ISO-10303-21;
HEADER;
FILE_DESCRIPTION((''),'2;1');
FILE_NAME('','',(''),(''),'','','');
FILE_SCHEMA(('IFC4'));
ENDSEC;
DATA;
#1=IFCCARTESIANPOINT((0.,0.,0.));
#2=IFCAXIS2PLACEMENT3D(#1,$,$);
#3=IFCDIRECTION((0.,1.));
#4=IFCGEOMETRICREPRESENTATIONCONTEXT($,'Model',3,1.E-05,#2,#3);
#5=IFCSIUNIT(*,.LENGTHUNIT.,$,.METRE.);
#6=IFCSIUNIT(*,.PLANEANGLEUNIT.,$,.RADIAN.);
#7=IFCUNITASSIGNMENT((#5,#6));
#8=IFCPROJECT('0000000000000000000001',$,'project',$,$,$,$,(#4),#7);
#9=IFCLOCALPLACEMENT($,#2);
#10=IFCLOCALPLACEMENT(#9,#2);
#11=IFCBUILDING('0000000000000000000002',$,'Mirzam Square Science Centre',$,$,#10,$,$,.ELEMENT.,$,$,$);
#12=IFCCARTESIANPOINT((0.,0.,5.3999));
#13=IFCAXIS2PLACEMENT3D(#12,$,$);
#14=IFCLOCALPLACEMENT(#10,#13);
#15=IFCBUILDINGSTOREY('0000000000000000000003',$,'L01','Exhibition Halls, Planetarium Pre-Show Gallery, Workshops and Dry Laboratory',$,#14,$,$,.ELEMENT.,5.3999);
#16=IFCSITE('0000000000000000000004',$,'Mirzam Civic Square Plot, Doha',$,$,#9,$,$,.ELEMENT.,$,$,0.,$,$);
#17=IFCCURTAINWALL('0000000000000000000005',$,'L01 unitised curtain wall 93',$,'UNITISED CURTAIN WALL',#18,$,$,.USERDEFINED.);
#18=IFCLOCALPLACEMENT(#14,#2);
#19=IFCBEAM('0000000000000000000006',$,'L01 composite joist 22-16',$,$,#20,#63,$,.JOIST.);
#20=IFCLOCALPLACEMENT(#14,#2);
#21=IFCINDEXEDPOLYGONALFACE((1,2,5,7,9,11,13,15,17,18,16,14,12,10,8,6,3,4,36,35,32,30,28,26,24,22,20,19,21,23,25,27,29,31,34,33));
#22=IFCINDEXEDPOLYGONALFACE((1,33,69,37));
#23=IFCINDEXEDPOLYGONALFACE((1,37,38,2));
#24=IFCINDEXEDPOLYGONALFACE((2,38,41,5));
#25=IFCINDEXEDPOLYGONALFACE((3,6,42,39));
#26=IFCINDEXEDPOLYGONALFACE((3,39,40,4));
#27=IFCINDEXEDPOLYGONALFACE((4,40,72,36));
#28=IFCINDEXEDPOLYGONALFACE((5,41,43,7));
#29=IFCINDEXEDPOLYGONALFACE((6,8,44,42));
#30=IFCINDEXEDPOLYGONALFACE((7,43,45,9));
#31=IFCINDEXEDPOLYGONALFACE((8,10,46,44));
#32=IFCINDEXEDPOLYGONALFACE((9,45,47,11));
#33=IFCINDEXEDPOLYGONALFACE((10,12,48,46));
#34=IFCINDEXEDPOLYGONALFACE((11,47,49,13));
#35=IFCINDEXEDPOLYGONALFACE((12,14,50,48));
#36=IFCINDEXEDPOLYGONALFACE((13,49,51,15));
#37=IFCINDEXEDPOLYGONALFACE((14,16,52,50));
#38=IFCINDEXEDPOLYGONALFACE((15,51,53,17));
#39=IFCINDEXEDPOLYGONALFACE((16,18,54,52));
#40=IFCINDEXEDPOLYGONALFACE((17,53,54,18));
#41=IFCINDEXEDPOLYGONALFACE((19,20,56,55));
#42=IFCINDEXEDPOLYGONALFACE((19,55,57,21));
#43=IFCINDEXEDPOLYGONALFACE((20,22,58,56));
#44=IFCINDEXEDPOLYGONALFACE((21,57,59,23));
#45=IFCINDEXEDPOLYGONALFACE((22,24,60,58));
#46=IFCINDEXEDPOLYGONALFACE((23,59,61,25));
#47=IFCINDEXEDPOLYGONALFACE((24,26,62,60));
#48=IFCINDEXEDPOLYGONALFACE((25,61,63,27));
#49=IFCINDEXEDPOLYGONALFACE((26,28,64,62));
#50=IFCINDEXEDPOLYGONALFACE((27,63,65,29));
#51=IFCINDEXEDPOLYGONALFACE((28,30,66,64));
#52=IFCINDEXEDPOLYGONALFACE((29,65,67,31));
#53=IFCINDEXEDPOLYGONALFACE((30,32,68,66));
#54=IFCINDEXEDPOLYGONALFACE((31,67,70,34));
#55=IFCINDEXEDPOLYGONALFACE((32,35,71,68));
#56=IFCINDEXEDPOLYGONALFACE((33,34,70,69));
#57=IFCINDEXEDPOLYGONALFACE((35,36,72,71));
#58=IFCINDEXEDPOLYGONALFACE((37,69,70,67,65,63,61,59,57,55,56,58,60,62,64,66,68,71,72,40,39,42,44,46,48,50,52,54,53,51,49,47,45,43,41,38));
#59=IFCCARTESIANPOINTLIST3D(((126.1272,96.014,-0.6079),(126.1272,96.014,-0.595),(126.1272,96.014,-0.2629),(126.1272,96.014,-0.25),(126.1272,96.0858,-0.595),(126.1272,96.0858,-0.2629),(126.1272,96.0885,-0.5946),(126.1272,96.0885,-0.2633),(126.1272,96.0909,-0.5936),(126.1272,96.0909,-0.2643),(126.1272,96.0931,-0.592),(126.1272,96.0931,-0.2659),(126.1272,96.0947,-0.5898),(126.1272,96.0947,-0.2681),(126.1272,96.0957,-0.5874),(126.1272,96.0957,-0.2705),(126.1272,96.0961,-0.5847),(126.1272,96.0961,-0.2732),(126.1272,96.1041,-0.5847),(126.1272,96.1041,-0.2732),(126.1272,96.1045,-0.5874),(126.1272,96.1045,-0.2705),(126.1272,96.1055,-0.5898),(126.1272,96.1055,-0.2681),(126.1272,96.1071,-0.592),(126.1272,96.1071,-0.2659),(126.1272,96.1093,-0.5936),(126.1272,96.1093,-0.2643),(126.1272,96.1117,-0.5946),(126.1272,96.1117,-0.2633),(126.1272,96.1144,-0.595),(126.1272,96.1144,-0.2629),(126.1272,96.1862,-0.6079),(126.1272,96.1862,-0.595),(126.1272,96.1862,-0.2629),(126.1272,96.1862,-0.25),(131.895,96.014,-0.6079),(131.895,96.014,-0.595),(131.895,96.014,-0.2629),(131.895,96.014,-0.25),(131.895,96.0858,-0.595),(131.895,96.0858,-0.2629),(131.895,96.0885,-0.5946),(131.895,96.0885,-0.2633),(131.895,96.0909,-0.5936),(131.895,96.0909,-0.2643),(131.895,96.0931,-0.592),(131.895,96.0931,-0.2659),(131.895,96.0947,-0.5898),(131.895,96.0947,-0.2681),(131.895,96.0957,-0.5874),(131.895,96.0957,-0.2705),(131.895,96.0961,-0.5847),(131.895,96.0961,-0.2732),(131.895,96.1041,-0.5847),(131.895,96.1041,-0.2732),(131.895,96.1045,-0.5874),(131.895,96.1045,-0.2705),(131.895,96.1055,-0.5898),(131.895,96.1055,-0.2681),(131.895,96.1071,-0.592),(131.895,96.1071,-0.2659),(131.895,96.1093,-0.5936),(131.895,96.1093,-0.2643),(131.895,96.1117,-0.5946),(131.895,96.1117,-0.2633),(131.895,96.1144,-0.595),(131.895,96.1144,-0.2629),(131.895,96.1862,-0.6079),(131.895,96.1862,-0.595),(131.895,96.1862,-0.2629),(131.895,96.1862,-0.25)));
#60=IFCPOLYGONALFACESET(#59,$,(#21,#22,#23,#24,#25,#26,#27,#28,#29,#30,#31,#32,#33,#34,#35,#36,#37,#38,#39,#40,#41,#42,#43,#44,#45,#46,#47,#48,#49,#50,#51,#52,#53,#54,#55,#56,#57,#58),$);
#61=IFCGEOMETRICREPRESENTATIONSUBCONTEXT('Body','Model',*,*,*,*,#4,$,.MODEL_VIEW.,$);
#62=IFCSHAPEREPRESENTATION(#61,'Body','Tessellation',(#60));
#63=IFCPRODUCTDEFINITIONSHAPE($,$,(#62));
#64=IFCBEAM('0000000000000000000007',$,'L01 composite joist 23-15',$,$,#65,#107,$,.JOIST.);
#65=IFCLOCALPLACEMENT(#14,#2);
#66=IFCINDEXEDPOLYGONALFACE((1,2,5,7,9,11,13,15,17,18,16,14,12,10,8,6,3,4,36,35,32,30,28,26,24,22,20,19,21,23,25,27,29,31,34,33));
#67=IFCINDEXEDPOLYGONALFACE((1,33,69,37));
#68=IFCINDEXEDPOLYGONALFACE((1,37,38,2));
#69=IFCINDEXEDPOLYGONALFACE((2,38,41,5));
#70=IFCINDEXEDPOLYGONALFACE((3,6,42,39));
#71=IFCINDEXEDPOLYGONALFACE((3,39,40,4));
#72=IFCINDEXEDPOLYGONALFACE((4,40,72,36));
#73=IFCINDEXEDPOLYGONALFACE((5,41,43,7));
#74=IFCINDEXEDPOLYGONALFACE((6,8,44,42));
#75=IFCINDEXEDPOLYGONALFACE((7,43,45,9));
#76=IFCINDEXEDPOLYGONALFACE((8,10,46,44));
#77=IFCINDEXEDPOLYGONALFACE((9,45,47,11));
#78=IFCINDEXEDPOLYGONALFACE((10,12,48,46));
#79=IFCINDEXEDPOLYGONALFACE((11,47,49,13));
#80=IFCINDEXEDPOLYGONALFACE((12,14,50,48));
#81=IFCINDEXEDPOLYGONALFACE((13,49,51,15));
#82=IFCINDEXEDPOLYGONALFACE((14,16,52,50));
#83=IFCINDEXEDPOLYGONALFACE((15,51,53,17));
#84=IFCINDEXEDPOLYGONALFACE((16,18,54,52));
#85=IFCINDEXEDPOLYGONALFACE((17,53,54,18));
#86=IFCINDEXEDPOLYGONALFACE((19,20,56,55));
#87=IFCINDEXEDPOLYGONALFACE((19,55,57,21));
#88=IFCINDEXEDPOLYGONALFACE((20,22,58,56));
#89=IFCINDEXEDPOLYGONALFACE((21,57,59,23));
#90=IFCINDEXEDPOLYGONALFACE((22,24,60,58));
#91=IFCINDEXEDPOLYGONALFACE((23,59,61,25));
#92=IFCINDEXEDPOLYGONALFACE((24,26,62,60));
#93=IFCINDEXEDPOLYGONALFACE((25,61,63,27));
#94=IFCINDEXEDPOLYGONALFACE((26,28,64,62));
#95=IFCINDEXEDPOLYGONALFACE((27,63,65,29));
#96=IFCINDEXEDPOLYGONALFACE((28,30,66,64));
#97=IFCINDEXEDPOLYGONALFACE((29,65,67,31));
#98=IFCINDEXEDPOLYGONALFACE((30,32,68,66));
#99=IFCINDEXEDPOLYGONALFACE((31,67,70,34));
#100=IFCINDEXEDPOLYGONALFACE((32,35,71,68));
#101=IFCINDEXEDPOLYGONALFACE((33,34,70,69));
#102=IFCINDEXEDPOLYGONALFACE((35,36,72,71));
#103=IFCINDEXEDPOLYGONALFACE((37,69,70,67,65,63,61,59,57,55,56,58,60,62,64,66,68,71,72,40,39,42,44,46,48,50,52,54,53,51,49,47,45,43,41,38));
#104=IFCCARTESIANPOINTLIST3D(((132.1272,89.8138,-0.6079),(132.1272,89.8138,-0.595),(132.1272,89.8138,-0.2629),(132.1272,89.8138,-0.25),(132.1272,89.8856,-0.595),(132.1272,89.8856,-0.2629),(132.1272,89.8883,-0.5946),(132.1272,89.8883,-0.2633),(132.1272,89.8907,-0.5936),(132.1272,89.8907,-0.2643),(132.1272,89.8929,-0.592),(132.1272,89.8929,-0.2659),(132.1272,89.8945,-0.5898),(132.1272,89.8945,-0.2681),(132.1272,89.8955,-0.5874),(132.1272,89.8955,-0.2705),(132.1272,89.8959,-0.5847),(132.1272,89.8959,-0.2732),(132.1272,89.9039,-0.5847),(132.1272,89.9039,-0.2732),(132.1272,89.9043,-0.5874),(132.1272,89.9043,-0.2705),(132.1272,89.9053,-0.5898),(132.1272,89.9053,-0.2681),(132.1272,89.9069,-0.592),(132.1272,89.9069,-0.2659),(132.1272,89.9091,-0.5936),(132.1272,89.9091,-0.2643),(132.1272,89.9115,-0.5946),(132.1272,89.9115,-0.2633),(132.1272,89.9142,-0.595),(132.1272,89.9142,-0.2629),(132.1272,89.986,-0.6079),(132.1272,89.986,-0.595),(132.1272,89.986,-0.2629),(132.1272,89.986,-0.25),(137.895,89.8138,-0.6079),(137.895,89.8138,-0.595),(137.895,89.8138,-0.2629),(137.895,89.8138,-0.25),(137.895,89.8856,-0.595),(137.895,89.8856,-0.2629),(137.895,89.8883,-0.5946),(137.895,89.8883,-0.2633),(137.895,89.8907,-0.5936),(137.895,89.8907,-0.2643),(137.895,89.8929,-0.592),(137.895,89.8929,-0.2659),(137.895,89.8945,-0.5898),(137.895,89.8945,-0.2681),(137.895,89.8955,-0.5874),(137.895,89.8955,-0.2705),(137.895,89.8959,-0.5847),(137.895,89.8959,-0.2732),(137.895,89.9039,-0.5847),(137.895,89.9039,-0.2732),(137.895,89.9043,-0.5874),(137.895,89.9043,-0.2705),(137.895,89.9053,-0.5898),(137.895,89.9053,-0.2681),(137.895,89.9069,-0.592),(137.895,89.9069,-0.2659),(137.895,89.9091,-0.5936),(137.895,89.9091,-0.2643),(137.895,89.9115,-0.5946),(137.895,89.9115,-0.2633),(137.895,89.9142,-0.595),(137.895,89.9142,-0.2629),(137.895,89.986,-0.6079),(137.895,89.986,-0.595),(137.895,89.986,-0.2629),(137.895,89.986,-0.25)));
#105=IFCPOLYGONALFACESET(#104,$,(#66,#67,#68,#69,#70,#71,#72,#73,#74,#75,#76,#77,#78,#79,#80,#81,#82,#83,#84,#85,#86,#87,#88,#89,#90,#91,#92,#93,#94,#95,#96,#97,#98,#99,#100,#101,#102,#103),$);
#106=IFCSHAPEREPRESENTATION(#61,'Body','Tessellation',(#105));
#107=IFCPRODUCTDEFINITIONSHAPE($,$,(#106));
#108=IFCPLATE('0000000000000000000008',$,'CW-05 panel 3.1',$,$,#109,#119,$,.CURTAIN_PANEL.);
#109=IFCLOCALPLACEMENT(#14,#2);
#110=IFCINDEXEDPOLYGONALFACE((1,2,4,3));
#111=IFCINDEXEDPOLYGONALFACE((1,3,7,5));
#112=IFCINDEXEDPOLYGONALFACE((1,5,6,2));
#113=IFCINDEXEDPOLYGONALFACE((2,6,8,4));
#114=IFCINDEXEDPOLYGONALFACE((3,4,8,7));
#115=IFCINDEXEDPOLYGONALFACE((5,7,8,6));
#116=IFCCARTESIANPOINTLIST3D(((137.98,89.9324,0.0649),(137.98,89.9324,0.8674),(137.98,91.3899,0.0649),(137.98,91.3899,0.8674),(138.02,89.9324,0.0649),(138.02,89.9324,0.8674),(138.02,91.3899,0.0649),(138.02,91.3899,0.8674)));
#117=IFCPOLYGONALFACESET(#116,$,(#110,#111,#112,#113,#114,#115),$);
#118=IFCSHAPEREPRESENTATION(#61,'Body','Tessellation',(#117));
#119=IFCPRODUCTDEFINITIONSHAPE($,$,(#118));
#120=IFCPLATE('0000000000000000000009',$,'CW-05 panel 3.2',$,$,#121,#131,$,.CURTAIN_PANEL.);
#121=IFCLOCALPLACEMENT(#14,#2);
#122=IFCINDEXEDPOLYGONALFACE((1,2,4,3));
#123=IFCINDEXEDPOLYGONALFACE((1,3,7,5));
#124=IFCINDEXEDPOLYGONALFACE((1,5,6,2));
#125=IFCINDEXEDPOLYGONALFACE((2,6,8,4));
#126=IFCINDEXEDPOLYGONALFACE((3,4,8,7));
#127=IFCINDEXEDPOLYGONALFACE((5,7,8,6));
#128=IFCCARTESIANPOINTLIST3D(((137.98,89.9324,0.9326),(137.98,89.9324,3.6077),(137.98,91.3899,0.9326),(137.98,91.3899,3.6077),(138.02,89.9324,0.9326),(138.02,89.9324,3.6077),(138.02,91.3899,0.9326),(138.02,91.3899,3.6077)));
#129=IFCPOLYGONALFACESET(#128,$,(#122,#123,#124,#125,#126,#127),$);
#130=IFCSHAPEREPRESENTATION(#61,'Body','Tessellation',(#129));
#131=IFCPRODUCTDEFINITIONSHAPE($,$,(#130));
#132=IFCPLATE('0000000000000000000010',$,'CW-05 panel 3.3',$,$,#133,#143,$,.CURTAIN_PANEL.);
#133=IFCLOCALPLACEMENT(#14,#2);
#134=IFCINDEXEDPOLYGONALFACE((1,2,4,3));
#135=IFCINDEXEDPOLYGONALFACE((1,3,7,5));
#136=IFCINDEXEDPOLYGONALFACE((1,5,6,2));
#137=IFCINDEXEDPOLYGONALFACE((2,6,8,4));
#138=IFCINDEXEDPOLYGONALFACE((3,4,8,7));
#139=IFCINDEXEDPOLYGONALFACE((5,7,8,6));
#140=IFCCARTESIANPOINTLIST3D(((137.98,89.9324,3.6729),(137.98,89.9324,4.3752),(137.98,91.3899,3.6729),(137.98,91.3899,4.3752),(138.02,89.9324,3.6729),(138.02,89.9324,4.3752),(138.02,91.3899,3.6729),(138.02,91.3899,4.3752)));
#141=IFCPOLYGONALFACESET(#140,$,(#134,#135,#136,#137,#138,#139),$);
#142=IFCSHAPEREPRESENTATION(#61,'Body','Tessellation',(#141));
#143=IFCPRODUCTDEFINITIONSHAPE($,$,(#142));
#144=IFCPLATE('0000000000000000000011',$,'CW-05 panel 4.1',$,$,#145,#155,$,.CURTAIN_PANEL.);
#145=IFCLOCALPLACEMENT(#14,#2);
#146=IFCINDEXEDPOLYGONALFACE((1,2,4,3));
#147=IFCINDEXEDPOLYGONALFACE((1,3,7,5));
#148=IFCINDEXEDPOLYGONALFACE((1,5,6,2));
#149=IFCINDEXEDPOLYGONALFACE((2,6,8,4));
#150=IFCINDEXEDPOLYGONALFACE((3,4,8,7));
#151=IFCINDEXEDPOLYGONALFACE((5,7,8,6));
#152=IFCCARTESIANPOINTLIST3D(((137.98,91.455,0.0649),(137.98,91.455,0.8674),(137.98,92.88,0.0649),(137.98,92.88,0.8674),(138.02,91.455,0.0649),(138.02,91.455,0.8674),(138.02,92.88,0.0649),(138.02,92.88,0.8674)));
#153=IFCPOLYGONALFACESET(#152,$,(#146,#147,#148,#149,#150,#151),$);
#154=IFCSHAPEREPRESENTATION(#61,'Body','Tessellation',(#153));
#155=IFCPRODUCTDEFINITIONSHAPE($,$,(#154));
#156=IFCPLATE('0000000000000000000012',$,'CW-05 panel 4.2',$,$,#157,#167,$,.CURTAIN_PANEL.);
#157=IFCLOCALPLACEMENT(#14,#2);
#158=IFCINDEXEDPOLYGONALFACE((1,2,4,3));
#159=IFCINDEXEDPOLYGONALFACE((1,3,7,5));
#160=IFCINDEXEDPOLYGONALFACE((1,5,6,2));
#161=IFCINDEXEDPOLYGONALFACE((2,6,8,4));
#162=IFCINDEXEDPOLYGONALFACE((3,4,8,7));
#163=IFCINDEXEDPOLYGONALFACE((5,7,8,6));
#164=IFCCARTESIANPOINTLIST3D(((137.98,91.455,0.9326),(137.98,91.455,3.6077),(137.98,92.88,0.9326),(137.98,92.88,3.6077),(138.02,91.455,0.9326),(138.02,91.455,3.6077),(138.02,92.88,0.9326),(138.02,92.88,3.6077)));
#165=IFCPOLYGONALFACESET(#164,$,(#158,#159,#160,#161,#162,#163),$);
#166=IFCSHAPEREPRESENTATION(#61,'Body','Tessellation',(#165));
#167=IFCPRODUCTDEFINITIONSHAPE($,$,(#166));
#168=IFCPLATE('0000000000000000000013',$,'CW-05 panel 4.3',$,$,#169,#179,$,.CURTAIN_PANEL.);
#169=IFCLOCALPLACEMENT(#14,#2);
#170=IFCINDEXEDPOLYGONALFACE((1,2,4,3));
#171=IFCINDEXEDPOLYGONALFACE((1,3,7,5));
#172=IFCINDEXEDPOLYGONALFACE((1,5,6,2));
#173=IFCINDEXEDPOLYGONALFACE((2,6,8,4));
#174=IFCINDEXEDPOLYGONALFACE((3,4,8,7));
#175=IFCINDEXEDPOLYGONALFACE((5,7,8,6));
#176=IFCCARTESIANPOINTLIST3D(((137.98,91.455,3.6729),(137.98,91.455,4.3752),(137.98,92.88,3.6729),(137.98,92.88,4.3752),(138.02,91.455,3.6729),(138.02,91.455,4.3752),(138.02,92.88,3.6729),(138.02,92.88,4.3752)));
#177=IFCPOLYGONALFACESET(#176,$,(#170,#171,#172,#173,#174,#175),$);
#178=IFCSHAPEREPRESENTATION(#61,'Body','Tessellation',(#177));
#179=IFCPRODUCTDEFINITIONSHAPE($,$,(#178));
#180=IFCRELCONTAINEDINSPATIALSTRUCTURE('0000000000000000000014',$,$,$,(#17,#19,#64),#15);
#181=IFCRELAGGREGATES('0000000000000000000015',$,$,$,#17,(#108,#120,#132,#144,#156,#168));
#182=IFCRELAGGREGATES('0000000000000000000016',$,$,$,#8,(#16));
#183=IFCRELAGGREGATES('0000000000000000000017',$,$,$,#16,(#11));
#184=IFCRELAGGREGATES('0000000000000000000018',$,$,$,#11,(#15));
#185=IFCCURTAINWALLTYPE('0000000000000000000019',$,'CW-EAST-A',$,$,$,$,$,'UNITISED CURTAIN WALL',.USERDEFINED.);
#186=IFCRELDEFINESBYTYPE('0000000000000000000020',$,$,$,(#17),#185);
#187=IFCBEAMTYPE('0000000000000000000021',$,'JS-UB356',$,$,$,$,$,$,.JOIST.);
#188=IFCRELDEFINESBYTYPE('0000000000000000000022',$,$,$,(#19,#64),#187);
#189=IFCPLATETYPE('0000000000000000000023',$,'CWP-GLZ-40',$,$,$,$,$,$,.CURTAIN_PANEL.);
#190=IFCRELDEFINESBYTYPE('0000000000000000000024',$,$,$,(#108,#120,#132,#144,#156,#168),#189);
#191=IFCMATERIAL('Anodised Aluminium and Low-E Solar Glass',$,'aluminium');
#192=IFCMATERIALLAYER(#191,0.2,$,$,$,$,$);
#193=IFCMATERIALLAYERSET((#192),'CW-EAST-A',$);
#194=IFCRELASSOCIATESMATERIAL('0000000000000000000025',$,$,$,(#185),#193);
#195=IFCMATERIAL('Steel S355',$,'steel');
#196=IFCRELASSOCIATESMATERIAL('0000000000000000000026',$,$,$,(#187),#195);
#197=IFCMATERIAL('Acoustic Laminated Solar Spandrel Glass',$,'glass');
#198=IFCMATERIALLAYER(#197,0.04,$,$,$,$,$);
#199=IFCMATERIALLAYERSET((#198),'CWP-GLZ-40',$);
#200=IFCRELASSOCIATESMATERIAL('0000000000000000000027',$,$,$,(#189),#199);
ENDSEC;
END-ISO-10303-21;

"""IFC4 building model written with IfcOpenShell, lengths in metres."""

from ifc_helpers import new_model, si_unit, direction, frame, origin, origin_2d, place, context, subcontext, project, spatial, rectangle, i_section, extrude, material, layer, layer_set, material_profile, profile_set, type_object, element, aggregate, save


model = new_model("IFC4")

# Units and contexts
model_context = context("Model", 3, precision=1e-05, world=origin(), true_north=direction((0.0, 1.0)))
body_context = subcontext(model_context, "Body", "Model", "MODEL_VIEW")
ifc_project = project(units=[si_unit("LENGTHUNIT", "METRE"), si_unit("PLANEANGLEUNIT", "RADIAN")], contexts=[model_context])

# Site, building, storey
site_placement = place(None, origin())
site = spatial("IfcSite", under=ifc_project, at=site_placement, Name="Mirzam Civic Square Plot, Doha", CompositionType="ELEMENT", RefElevation=0.0)
building_placement = place(site_placement, origin())
building = spatial("IfcBuilding", under=site, at=building_placement, Name="Mirzam Square Science Centre", CompositionType="ELEMENT")
storey_placement = place(building_placement, frame((0.0, 0.0, 5.3999)))
storey = spatial("IfcBuildingStorey", under=building, at=storey_placement, Name="L01", Description="Exhibition Halls, Planetarium Pre-Show Gallery, Workshops and Dry Laboratory", CompositionType="ELEMENT", Elevation=5.3999)

# Shared definitions
ifc_material_1 = material(Name="Steel S355", Category="steel")

# Curtain wall
ifc_material_2 = material(Name="Anodised Aluminium and Low-E Solar Glass", Category="aluminium")
ifc_layer_1 = layer(ifc_material_2, 0.2)
ifc_layer_set_1 = layer_set([ifc_layer_1], Name="CW-EAST-A")
curtain_wall_type = type_object("IfcCurtainWallType", Name="CW-EAST-A", ElementType="UNITISED CURTAIN WALL", PredefinedType="USERDEFINED", material=ifc_layer_set_1)
curtain_wall_placement = place(storey_placement, origin())
curtain_wall = element("IfcCurtainWall", 1, at=curtain_wall_placement, inside=storey, type_object=curtain_wall_type, Name="L01 unitised curtain wall 93", ObjectType="UNITISED CURTAIN WALL", PredefinedType="USERDEFINED")

# Beams
ifc_material_profile_1 = material_profile(ifc_material_1, i_section(OverallWidth=0.1721, OverallDepth=0.3579, WebThickness=0.0081, FlangeThickness=0.0129, FilletRadius=0.0103, at=origin_2d()), Name="356x171x57UB")
ifc_profile_set_1 = profile_set([ifc_material_profile_1], Name="Steel S355")
beam_type_1 = type_object("IfcBeamType", Name="JS-UB356", PredefinedType="JOIST", material=ifc_profile_set_1)
for number, where, z_axis, x_axis, name in (
    (2, (126.1272, 96.1001, -0.429), (1.0, 0.0, 0.0), (0.0, 1.0, 0.0), "L01 composite joist 22-16"),
    (3, (132.1272, 89.8999, -0.429), (1.0, 0.0, 0.0), (0.0, 1.0, 0.0), "L01 composite joist 23-15"),
):
    element("IfcBeam", number, at=place(storey_placement, frame(where, z_axis=z_axis, x_axis=x_axis)), inside=storey, type_object=beam_type_1, Name=name, PredefinedType="JOIST", context=body_context, shape_type="SweptSolid", body=[
        extrude(i_section(OverallWidth=0.1721, OverallDepth=0.3579, WebThickness=0.0081, FlangeThickness=0.0129, FilletRadius=0.0103, at=origin_2d()), origin(), (0.0, 0.0, 1.0), 5.7678),
    ])

# Plates
ifc_material_3 = material(Name="Acoustic Laminated Solar Spandrel Glass", Category="glass")
ifc_layer_2 = layer(ifc_material_3, 0.04)
ifc_layer_set_2 = layer_set([ifc_layer_2], Name="CWP-GLZ-40")
plate_type = type_object("IfcPlateType", Name="CWP-GLZ-40", PredefinedType="CURTAIN_PANEL", material=ifc_layer_set_2)
plate_1_placement = place(storey_placement, frame((138.0, 90.6611, 0.0649), z_axis=(0.0, 0.0, 1.0), x_axis=(0.0, 1.0, 0.0)))
plate_1 = element("IfcPlate", 4, at=plate_1_placement, type_object=plate_type, Name="CW-05 panel 3.1", PredefinedType="CURTAIN_PANEL", context=body_context, shape_type="SweptSolid", body=[
    extrude(rectangle(XDim=1.4575, YDim=0.04, at=origin_2d()), origin(), (0.0, 0.0, 1.0), 0.8025),
])
plate_2_placement = place(storey_placement, frame((138.0, 90.6611, 0.9326), z_axis=(0.0, 0.0, 1.0), x_axis=(0.0, 1.0, 0.0)))
plate_2 = element("IfcPlate", 5, at=plate_2_placement, type_object=plate_type, Name="CW-05 panel 3.2", PredefinedType="CURTAIN_PANEL", context=body_context, shape_type="SweptSolid", body=[
    extrude(rectangle(XDim=1.4575, YDim=0.04, at=origin_2d()), origin(), (0.0, 0.0, 1.0), 2.675),
])
plate_3_placement = place(storey_placement, frame((138.0, 90.6611, 3.6729), z_axis=(0.0, 0.0, 1.0), x_axis=(0.0, 1.0, 0.0)))
plate_3 = element("IfcPlate", 6, at=plate_3_placement, type_object=plate_type, Name="CW-05 panel 3.3", PredefinedType="CURTAIN_PANEL", context=body_context, shape_type="SweptSolid", body=[
    extrude(rectangle(XDim=1.4575, YDim=0.04, at=origin_2d()), origin(), (0.0, 0.0, 1.0), 0.7024),
])
plate_4_placement = place(storey_placement, frame((138.0, 92.1675, 0.0649), z_axis=(0.0, 0.0, 1.0), x_axis=(0.0, 1.0, 0.0)))
plate_4 = element("IfcPlate", 7, at=plate_4_placement, type_object=plate_type, Name="CW-05 panel 4.1", PredefinedType="CURTAIN_PANEL", context=body_context, shape_type="SweptSolid", body=[
    extrude(rectangle(XDim=1.425, YDim=0.04, at=origin_2d()), origin(), (0.0, 0.0, 1.0), 0.8025),
])
plate_5_placement = place(storey_placement, frame((138.0, 92.1675, 0.9326), z_axis=(0.0, 0.0, 1.0), x_axis=(0.0, 1.0, 0.0)))
plate_5 = element("IfcPlate", 8, at=plate_5_placement, type_object=plate_type, Name="CW-05 panel 4.2", PredefinedType="CURTAIN_PANEL", context=body_context, shape_type="SweptSolid", body=[
    extrude(rectangle(XDim=1.425, YDim=0.04, at=origin_2d()), origin(), (0.0, 0.0, 1.0), 2.675),
])
plate_6_placement = place(storey_placement, frame((138.0, 92.1675, 3.6729), z_axis=(0.0, 0.0, 1.0), x_axis=(0.0, 1.0, 0.0)))
plate_6 = element("IfcPlate", 9, at=plate_6_placement, type_object=plate_type, Name="CW-05 panel 4.3", PredefinedType="CURTAIN_PANEL", context=body_context, shape_type="SweptSolid", body=[
    extrude(rectangle(XDim=1.425, YDim=0.04, at=origin_2d()), origin(), (0.0, 0.0, 1.0), 0.7024),
])
aggregate(curtain_wall, [plate_1, plate_2, plate_3, plate_4, plate_5, plate_6])

save(model, "model.ifc")
